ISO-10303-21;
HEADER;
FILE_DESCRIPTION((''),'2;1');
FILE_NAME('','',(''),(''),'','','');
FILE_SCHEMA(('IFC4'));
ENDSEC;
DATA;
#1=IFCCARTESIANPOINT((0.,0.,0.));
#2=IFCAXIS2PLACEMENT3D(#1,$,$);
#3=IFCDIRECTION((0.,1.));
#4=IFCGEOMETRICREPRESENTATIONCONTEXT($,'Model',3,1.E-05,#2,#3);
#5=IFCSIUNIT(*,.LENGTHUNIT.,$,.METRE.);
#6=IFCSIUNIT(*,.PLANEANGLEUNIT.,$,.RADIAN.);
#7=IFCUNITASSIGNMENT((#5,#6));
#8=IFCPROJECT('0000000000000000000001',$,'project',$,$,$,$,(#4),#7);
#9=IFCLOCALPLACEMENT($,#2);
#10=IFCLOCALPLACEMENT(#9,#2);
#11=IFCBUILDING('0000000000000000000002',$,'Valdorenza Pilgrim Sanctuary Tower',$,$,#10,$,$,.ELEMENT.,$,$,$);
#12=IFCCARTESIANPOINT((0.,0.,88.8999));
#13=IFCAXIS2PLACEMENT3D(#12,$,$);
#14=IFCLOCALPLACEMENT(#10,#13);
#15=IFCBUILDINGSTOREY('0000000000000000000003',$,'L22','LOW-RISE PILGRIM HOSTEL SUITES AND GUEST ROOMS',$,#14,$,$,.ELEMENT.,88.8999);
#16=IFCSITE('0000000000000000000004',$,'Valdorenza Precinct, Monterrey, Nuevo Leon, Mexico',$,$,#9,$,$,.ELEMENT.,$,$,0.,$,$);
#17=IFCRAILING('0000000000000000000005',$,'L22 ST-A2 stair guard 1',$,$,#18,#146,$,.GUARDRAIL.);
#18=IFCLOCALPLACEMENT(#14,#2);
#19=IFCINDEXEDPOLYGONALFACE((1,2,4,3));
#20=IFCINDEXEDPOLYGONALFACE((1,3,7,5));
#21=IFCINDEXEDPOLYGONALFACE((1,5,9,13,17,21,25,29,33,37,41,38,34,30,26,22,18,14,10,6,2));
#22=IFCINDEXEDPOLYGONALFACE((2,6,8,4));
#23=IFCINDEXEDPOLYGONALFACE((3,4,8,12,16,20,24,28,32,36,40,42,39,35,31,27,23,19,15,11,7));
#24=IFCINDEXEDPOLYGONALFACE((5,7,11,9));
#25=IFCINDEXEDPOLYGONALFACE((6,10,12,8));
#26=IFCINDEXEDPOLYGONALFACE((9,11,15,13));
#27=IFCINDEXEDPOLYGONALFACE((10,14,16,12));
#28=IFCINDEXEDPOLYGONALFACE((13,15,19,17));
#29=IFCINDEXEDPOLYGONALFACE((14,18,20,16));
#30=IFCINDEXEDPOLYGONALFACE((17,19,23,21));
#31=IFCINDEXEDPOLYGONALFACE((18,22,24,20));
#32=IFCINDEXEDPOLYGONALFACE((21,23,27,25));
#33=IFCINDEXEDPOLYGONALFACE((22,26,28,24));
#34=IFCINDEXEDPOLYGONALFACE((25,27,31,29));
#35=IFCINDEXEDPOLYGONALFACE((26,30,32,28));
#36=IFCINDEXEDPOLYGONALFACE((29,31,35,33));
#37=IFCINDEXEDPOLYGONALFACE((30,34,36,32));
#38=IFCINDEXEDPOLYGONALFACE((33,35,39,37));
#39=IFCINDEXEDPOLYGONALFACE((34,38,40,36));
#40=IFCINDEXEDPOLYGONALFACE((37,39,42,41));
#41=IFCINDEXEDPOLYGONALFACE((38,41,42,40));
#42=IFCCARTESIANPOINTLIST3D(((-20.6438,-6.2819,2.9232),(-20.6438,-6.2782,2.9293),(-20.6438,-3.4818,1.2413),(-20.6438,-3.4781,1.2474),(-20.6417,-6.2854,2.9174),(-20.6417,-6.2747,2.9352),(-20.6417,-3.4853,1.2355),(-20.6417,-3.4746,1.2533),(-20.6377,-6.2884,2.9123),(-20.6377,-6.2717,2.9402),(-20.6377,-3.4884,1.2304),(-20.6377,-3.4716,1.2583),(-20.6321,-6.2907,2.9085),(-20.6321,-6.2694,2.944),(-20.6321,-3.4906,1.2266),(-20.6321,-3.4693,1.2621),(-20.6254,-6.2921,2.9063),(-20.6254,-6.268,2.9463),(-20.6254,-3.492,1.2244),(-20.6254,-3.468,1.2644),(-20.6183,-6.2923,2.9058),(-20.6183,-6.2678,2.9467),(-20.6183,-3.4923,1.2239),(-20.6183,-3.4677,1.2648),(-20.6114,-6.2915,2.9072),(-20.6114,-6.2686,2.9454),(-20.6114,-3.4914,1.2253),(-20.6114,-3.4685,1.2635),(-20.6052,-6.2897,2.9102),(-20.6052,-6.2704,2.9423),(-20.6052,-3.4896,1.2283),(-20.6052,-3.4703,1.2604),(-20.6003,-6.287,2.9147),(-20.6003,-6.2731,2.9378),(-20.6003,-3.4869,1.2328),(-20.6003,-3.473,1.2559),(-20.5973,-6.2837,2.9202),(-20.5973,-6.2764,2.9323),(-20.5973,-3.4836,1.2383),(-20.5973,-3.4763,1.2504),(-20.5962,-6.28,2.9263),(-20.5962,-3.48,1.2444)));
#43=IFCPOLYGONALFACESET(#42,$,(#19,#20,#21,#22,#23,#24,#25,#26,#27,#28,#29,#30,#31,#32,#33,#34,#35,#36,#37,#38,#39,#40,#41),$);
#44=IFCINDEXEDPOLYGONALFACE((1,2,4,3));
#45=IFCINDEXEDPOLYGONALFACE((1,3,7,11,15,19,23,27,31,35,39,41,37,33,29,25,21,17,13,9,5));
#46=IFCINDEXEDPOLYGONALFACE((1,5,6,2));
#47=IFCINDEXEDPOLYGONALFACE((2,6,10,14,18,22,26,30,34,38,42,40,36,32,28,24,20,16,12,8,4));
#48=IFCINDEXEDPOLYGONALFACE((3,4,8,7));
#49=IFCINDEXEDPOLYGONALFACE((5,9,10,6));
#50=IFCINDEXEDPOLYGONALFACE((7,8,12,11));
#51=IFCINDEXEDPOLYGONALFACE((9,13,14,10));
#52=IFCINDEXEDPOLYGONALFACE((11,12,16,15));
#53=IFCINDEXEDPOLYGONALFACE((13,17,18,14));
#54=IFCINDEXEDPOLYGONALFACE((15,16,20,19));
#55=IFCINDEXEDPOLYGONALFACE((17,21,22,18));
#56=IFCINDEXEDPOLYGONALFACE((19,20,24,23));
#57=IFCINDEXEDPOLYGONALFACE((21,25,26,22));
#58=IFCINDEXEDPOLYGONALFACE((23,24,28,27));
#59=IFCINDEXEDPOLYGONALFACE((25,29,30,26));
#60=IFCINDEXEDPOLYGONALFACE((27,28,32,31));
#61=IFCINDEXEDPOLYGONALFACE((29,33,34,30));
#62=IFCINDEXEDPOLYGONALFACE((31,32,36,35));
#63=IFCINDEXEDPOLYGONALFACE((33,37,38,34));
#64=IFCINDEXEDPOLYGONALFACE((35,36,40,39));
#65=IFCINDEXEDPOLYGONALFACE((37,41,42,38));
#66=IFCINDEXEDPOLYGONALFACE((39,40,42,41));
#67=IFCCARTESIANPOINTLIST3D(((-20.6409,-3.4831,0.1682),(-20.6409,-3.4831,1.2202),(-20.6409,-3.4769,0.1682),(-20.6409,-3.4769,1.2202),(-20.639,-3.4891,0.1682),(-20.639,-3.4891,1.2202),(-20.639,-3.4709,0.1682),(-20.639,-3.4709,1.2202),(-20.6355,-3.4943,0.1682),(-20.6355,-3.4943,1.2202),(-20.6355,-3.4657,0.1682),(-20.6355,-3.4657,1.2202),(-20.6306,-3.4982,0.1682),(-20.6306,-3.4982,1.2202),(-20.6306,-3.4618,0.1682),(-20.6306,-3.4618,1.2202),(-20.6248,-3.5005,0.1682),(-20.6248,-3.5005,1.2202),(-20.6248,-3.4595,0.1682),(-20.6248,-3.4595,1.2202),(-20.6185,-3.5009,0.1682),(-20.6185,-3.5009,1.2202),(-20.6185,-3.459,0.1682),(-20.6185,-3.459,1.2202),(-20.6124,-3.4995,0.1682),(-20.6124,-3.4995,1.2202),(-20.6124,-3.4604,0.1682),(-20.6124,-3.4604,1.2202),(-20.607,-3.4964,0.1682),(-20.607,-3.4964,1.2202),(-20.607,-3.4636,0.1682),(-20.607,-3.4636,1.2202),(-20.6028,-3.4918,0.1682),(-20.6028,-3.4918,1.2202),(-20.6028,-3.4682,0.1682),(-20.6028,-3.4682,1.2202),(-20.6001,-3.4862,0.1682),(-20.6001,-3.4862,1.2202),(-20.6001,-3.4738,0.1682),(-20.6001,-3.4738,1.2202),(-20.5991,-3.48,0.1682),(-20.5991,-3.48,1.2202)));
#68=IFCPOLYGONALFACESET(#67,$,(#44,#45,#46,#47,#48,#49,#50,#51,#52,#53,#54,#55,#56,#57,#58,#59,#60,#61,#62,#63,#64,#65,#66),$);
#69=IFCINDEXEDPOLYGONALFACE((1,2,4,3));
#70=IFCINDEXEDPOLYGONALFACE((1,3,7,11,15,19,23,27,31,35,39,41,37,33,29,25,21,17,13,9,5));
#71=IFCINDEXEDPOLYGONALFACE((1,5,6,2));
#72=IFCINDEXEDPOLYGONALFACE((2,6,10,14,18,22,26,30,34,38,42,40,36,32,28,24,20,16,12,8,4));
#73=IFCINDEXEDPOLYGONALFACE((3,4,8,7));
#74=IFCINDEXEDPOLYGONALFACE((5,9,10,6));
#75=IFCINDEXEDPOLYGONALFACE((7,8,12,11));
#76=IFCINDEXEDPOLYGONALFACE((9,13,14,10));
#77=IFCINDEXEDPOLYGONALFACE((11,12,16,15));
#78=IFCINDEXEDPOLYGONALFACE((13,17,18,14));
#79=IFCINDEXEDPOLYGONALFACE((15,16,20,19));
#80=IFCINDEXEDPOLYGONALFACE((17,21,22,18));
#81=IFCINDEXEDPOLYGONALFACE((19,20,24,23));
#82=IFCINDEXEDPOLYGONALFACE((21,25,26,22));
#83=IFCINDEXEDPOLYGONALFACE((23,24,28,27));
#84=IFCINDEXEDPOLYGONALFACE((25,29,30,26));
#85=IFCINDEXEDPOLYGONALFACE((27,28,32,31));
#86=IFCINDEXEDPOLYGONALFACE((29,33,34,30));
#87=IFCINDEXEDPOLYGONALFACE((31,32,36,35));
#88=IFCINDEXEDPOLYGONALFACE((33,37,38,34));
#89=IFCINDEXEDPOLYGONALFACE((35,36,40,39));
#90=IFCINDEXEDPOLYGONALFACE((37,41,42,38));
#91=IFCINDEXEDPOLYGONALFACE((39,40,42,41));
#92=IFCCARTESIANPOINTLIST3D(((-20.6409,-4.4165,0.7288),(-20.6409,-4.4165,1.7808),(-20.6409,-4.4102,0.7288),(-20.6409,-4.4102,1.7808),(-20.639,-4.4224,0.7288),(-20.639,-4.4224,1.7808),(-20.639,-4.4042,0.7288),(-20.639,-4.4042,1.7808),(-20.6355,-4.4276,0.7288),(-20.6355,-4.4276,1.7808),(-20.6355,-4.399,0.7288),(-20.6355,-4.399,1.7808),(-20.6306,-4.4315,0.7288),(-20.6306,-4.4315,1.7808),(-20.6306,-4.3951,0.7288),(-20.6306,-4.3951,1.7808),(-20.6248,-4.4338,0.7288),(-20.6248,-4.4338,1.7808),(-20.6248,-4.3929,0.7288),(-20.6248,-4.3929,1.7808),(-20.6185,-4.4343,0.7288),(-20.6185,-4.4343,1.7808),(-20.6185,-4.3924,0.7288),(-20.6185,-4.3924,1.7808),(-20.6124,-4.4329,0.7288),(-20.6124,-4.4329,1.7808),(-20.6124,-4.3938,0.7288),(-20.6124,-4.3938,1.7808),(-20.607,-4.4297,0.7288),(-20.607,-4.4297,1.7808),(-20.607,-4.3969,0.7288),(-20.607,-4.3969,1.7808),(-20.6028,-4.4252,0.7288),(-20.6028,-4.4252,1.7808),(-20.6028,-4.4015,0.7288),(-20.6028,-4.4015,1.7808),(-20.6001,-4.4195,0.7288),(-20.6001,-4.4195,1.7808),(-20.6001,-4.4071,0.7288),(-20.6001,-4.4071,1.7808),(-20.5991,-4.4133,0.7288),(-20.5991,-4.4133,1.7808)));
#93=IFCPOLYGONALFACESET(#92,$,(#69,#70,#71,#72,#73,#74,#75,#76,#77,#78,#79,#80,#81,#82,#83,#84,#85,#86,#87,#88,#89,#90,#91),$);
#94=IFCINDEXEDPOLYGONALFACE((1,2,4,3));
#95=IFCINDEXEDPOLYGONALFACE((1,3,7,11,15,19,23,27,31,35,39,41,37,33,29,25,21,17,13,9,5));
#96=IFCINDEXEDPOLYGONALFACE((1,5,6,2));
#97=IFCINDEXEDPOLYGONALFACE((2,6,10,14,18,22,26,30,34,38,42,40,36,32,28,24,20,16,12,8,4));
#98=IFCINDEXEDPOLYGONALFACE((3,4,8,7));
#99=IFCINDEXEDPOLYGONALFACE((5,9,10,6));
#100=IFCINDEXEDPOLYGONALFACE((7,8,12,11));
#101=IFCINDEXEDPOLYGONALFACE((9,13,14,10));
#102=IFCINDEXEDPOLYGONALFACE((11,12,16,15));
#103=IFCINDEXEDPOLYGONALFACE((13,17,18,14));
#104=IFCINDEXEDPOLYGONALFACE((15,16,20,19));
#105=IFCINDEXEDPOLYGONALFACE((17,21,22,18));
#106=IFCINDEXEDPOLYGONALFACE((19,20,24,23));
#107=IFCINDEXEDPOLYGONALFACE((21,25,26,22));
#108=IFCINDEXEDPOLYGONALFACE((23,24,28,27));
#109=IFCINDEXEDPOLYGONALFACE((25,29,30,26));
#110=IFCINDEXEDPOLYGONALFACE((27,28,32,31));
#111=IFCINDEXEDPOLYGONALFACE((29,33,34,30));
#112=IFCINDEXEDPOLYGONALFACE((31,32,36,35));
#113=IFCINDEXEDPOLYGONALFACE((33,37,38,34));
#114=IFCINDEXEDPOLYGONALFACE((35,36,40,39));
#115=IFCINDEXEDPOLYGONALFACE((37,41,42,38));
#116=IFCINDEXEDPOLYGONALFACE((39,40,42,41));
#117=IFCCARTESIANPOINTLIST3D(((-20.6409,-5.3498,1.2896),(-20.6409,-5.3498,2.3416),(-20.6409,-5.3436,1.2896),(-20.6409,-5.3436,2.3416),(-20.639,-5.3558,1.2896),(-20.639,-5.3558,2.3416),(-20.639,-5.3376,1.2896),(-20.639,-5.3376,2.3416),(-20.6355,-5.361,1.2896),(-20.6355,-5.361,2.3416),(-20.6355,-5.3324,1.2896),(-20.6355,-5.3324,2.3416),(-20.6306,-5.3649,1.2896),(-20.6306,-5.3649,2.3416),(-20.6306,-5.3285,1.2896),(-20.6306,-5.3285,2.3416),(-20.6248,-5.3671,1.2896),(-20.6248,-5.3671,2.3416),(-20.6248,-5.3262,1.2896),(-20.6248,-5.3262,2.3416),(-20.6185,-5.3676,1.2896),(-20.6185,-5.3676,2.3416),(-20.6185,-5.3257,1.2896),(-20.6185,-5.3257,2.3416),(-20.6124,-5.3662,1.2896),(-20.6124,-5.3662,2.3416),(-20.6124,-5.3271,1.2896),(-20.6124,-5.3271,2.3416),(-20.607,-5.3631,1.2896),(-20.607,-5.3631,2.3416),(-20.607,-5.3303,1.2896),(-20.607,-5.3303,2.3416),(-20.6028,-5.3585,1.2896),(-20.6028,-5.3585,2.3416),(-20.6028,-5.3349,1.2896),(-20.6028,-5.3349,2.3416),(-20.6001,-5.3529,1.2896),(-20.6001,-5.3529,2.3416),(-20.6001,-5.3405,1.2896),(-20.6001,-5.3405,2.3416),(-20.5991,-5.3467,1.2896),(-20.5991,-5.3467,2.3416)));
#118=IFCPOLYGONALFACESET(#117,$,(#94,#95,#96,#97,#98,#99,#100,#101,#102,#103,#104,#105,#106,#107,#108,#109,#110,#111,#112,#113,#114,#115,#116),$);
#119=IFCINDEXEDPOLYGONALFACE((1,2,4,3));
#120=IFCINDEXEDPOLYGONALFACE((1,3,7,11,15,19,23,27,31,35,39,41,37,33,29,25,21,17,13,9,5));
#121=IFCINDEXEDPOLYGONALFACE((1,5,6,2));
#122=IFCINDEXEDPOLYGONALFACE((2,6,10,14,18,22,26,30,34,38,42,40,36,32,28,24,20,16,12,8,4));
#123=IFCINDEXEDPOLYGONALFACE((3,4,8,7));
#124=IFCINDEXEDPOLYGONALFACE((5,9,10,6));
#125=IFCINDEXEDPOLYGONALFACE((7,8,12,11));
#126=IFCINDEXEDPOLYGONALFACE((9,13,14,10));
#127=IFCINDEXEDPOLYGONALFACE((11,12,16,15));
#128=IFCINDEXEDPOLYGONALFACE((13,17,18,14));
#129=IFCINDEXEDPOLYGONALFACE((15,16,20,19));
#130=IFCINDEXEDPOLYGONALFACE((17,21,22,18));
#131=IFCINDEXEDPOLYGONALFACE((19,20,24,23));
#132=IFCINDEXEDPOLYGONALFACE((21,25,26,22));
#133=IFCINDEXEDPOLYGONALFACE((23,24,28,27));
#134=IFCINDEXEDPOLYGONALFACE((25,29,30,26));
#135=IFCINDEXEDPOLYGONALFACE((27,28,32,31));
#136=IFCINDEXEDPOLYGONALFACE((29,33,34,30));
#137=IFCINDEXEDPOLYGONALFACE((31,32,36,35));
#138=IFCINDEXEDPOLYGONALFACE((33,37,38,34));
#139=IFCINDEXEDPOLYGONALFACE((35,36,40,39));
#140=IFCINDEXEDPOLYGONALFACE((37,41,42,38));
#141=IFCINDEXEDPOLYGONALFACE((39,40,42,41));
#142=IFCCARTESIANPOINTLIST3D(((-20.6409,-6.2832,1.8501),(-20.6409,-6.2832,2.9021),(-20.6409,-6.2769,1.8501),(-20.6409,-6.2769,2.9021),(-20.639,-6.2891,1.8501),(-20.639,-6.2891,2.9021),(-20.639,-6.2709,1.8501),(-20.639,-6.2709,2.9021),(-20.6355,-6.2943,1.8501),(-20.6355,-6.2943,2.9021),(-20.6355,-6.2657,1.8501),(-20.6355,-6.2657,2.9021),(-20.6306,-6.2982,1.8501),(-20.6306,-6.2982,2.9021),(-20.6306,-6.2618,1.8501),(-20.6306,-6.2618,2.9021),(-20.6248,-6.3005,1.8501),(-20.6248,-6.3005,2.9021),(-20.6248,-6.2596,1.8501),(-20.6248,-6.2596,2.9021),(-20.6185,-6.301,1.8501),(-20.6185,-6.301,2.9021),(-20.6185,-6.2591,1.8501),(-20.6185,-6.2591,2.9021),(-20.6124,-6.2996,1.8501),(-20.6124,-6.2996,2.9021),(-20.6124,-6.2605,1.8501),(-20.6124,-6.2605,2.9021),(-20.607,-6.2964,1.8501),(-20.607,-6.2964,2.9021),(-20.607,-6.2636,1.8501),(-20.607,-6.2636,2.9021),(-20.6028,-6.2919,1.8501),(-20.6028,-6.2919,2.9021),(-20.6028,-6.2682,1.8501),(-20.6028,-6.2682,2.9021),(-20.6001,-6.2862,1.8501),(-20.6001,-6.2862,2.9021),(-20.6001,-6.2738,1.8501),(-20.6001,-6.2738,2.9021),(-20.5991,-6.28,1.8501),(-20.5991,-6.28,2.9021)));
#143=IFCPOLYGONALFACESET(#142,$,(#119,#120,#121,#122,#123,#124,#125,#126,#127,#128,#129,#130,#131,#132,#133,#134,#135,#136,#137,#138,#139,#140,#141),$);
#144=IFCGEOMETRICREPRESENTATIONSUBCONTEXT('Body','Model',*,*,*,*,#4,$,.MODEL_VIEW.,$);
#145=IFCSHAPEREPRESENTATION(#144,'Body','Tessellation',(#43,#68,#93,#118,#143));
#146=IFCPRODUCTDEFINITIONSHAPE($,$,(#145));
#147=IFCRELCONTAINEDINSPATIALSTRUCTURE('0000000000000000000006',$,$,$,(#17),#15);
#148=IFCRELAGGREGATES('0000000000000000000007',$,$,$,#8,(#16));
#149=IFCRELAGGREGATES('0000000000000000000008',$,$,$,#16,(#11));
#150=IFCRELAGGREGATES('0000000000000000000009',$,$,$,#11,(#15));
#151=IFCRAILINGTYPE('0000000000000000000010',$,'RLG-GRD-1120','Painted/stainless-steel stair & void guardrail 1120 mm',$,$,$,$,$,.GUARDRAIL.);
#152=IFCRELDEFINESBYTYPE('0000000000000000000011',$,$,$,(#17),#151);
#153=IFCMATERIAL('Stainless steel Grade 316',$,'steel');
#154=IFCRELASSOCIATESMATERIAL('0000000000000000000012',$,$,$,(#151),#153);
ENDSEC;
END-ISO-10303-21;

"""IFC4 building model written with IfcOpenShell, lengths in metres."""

from ifc_helpers import new_model, si_unit, direction, frame, origin, origin_2d, place, context, subcontext, project, spatial, circle, extrude, material, type_object, element, save


model = new_model("IFC4")

# Units and contexts
model_context = context("Model", 3, precision=1e-05, world=origin(), true_north=direction((0.0, 1.0)))
body_context = subcontext(model_context, "Body", "Model", "MODEL_VIEW")
ifc_project = project(units=[si_unit("LENGTHUNIT", "METRE"), si_unit("PLANEANGLEUNIT", "RADIAN")], contexts=[model_context])

# Site, building, storey
site_placement = place(None, origin())
site = spatial("IfcSite", under=ifc_project, at=site_placement, Name="Valdorenza Precinct, Monterrey, Nuevo Leon, Mexico", CompositionType="ELEMENT", RefElevation=0.0)
building_placement = place(site_placement, origin())
building = spatial("IfcBuilding", under=site, at=building_placement, Name="Valdorenza Pilgrim Sanctuary Tower", CompositionType="ELEMENT")
storey_placement = place(building_placement, frame((0.0, 0.0, 88.8999)))
storey = spatial("IfcBuildingStorey", under=building, at=storey_placement, Name="L22", Description="LOW-RISE PILGRIM HOSTEL SUITES AND GUEST ROOMS", CompositionType="ELEMENT", Elevation=88.8999)

# Railing
ifc_material_1 = material(Name="Stainless steel Grade 316", Category="steel")
railing_type_1 = type_object("IfcRailingType", Name="RLG-GRD-1120", Description="Painted/stainless-steel stair & void guardrail 1120 mm", PredefinedType="GUARDRAIL", material=ifc_material_1)
railing_1_placement = place(storey_placement, frame((-20.6201, -3.48, 0.1682)))
element("IfcRailing", 1, at=railing_1_placement, inside=storey, type_object=railing_type_1, Name="L22 ST-A2 stair guard 1", PredefinedType="GUARDRAIL", context=body_context, shape_type="SweptSolid", body=[
    extrude(circle(Radius=0.0239, at=origin_2d()), frame((0.0, 0.0, 1.0762), z_axis=(0.0, -0.857242, 0.514913), x_axis=(1.0, 0.0, 0.0)), (0.0, 0.0, 1.0), 3.2664),
    extrude(circle(Radius=0.021, at=origin_2d()), origin(), (0.0, 0.0, 1.0), 1.052),
    extrude(circle(Radius=0.021, at=origin_2d()), frame((0.0, -0.9333, 0.5605)), (0.0, 0.0, 1.0), 1.052),
    extrude(circle(Radius=0.021, at=origin_2d()), frame((0.0, -1.8667, 1.1213)), (0.0, 0.0, 1.0), 1.052),
    extrude(circle(Radius=0.021, at=origin_2d()), frame((0.0, -2.8, 1.6819)), (0.0, 0.0, 1.0), 1.052),
])

save(model, "model.ifc")
